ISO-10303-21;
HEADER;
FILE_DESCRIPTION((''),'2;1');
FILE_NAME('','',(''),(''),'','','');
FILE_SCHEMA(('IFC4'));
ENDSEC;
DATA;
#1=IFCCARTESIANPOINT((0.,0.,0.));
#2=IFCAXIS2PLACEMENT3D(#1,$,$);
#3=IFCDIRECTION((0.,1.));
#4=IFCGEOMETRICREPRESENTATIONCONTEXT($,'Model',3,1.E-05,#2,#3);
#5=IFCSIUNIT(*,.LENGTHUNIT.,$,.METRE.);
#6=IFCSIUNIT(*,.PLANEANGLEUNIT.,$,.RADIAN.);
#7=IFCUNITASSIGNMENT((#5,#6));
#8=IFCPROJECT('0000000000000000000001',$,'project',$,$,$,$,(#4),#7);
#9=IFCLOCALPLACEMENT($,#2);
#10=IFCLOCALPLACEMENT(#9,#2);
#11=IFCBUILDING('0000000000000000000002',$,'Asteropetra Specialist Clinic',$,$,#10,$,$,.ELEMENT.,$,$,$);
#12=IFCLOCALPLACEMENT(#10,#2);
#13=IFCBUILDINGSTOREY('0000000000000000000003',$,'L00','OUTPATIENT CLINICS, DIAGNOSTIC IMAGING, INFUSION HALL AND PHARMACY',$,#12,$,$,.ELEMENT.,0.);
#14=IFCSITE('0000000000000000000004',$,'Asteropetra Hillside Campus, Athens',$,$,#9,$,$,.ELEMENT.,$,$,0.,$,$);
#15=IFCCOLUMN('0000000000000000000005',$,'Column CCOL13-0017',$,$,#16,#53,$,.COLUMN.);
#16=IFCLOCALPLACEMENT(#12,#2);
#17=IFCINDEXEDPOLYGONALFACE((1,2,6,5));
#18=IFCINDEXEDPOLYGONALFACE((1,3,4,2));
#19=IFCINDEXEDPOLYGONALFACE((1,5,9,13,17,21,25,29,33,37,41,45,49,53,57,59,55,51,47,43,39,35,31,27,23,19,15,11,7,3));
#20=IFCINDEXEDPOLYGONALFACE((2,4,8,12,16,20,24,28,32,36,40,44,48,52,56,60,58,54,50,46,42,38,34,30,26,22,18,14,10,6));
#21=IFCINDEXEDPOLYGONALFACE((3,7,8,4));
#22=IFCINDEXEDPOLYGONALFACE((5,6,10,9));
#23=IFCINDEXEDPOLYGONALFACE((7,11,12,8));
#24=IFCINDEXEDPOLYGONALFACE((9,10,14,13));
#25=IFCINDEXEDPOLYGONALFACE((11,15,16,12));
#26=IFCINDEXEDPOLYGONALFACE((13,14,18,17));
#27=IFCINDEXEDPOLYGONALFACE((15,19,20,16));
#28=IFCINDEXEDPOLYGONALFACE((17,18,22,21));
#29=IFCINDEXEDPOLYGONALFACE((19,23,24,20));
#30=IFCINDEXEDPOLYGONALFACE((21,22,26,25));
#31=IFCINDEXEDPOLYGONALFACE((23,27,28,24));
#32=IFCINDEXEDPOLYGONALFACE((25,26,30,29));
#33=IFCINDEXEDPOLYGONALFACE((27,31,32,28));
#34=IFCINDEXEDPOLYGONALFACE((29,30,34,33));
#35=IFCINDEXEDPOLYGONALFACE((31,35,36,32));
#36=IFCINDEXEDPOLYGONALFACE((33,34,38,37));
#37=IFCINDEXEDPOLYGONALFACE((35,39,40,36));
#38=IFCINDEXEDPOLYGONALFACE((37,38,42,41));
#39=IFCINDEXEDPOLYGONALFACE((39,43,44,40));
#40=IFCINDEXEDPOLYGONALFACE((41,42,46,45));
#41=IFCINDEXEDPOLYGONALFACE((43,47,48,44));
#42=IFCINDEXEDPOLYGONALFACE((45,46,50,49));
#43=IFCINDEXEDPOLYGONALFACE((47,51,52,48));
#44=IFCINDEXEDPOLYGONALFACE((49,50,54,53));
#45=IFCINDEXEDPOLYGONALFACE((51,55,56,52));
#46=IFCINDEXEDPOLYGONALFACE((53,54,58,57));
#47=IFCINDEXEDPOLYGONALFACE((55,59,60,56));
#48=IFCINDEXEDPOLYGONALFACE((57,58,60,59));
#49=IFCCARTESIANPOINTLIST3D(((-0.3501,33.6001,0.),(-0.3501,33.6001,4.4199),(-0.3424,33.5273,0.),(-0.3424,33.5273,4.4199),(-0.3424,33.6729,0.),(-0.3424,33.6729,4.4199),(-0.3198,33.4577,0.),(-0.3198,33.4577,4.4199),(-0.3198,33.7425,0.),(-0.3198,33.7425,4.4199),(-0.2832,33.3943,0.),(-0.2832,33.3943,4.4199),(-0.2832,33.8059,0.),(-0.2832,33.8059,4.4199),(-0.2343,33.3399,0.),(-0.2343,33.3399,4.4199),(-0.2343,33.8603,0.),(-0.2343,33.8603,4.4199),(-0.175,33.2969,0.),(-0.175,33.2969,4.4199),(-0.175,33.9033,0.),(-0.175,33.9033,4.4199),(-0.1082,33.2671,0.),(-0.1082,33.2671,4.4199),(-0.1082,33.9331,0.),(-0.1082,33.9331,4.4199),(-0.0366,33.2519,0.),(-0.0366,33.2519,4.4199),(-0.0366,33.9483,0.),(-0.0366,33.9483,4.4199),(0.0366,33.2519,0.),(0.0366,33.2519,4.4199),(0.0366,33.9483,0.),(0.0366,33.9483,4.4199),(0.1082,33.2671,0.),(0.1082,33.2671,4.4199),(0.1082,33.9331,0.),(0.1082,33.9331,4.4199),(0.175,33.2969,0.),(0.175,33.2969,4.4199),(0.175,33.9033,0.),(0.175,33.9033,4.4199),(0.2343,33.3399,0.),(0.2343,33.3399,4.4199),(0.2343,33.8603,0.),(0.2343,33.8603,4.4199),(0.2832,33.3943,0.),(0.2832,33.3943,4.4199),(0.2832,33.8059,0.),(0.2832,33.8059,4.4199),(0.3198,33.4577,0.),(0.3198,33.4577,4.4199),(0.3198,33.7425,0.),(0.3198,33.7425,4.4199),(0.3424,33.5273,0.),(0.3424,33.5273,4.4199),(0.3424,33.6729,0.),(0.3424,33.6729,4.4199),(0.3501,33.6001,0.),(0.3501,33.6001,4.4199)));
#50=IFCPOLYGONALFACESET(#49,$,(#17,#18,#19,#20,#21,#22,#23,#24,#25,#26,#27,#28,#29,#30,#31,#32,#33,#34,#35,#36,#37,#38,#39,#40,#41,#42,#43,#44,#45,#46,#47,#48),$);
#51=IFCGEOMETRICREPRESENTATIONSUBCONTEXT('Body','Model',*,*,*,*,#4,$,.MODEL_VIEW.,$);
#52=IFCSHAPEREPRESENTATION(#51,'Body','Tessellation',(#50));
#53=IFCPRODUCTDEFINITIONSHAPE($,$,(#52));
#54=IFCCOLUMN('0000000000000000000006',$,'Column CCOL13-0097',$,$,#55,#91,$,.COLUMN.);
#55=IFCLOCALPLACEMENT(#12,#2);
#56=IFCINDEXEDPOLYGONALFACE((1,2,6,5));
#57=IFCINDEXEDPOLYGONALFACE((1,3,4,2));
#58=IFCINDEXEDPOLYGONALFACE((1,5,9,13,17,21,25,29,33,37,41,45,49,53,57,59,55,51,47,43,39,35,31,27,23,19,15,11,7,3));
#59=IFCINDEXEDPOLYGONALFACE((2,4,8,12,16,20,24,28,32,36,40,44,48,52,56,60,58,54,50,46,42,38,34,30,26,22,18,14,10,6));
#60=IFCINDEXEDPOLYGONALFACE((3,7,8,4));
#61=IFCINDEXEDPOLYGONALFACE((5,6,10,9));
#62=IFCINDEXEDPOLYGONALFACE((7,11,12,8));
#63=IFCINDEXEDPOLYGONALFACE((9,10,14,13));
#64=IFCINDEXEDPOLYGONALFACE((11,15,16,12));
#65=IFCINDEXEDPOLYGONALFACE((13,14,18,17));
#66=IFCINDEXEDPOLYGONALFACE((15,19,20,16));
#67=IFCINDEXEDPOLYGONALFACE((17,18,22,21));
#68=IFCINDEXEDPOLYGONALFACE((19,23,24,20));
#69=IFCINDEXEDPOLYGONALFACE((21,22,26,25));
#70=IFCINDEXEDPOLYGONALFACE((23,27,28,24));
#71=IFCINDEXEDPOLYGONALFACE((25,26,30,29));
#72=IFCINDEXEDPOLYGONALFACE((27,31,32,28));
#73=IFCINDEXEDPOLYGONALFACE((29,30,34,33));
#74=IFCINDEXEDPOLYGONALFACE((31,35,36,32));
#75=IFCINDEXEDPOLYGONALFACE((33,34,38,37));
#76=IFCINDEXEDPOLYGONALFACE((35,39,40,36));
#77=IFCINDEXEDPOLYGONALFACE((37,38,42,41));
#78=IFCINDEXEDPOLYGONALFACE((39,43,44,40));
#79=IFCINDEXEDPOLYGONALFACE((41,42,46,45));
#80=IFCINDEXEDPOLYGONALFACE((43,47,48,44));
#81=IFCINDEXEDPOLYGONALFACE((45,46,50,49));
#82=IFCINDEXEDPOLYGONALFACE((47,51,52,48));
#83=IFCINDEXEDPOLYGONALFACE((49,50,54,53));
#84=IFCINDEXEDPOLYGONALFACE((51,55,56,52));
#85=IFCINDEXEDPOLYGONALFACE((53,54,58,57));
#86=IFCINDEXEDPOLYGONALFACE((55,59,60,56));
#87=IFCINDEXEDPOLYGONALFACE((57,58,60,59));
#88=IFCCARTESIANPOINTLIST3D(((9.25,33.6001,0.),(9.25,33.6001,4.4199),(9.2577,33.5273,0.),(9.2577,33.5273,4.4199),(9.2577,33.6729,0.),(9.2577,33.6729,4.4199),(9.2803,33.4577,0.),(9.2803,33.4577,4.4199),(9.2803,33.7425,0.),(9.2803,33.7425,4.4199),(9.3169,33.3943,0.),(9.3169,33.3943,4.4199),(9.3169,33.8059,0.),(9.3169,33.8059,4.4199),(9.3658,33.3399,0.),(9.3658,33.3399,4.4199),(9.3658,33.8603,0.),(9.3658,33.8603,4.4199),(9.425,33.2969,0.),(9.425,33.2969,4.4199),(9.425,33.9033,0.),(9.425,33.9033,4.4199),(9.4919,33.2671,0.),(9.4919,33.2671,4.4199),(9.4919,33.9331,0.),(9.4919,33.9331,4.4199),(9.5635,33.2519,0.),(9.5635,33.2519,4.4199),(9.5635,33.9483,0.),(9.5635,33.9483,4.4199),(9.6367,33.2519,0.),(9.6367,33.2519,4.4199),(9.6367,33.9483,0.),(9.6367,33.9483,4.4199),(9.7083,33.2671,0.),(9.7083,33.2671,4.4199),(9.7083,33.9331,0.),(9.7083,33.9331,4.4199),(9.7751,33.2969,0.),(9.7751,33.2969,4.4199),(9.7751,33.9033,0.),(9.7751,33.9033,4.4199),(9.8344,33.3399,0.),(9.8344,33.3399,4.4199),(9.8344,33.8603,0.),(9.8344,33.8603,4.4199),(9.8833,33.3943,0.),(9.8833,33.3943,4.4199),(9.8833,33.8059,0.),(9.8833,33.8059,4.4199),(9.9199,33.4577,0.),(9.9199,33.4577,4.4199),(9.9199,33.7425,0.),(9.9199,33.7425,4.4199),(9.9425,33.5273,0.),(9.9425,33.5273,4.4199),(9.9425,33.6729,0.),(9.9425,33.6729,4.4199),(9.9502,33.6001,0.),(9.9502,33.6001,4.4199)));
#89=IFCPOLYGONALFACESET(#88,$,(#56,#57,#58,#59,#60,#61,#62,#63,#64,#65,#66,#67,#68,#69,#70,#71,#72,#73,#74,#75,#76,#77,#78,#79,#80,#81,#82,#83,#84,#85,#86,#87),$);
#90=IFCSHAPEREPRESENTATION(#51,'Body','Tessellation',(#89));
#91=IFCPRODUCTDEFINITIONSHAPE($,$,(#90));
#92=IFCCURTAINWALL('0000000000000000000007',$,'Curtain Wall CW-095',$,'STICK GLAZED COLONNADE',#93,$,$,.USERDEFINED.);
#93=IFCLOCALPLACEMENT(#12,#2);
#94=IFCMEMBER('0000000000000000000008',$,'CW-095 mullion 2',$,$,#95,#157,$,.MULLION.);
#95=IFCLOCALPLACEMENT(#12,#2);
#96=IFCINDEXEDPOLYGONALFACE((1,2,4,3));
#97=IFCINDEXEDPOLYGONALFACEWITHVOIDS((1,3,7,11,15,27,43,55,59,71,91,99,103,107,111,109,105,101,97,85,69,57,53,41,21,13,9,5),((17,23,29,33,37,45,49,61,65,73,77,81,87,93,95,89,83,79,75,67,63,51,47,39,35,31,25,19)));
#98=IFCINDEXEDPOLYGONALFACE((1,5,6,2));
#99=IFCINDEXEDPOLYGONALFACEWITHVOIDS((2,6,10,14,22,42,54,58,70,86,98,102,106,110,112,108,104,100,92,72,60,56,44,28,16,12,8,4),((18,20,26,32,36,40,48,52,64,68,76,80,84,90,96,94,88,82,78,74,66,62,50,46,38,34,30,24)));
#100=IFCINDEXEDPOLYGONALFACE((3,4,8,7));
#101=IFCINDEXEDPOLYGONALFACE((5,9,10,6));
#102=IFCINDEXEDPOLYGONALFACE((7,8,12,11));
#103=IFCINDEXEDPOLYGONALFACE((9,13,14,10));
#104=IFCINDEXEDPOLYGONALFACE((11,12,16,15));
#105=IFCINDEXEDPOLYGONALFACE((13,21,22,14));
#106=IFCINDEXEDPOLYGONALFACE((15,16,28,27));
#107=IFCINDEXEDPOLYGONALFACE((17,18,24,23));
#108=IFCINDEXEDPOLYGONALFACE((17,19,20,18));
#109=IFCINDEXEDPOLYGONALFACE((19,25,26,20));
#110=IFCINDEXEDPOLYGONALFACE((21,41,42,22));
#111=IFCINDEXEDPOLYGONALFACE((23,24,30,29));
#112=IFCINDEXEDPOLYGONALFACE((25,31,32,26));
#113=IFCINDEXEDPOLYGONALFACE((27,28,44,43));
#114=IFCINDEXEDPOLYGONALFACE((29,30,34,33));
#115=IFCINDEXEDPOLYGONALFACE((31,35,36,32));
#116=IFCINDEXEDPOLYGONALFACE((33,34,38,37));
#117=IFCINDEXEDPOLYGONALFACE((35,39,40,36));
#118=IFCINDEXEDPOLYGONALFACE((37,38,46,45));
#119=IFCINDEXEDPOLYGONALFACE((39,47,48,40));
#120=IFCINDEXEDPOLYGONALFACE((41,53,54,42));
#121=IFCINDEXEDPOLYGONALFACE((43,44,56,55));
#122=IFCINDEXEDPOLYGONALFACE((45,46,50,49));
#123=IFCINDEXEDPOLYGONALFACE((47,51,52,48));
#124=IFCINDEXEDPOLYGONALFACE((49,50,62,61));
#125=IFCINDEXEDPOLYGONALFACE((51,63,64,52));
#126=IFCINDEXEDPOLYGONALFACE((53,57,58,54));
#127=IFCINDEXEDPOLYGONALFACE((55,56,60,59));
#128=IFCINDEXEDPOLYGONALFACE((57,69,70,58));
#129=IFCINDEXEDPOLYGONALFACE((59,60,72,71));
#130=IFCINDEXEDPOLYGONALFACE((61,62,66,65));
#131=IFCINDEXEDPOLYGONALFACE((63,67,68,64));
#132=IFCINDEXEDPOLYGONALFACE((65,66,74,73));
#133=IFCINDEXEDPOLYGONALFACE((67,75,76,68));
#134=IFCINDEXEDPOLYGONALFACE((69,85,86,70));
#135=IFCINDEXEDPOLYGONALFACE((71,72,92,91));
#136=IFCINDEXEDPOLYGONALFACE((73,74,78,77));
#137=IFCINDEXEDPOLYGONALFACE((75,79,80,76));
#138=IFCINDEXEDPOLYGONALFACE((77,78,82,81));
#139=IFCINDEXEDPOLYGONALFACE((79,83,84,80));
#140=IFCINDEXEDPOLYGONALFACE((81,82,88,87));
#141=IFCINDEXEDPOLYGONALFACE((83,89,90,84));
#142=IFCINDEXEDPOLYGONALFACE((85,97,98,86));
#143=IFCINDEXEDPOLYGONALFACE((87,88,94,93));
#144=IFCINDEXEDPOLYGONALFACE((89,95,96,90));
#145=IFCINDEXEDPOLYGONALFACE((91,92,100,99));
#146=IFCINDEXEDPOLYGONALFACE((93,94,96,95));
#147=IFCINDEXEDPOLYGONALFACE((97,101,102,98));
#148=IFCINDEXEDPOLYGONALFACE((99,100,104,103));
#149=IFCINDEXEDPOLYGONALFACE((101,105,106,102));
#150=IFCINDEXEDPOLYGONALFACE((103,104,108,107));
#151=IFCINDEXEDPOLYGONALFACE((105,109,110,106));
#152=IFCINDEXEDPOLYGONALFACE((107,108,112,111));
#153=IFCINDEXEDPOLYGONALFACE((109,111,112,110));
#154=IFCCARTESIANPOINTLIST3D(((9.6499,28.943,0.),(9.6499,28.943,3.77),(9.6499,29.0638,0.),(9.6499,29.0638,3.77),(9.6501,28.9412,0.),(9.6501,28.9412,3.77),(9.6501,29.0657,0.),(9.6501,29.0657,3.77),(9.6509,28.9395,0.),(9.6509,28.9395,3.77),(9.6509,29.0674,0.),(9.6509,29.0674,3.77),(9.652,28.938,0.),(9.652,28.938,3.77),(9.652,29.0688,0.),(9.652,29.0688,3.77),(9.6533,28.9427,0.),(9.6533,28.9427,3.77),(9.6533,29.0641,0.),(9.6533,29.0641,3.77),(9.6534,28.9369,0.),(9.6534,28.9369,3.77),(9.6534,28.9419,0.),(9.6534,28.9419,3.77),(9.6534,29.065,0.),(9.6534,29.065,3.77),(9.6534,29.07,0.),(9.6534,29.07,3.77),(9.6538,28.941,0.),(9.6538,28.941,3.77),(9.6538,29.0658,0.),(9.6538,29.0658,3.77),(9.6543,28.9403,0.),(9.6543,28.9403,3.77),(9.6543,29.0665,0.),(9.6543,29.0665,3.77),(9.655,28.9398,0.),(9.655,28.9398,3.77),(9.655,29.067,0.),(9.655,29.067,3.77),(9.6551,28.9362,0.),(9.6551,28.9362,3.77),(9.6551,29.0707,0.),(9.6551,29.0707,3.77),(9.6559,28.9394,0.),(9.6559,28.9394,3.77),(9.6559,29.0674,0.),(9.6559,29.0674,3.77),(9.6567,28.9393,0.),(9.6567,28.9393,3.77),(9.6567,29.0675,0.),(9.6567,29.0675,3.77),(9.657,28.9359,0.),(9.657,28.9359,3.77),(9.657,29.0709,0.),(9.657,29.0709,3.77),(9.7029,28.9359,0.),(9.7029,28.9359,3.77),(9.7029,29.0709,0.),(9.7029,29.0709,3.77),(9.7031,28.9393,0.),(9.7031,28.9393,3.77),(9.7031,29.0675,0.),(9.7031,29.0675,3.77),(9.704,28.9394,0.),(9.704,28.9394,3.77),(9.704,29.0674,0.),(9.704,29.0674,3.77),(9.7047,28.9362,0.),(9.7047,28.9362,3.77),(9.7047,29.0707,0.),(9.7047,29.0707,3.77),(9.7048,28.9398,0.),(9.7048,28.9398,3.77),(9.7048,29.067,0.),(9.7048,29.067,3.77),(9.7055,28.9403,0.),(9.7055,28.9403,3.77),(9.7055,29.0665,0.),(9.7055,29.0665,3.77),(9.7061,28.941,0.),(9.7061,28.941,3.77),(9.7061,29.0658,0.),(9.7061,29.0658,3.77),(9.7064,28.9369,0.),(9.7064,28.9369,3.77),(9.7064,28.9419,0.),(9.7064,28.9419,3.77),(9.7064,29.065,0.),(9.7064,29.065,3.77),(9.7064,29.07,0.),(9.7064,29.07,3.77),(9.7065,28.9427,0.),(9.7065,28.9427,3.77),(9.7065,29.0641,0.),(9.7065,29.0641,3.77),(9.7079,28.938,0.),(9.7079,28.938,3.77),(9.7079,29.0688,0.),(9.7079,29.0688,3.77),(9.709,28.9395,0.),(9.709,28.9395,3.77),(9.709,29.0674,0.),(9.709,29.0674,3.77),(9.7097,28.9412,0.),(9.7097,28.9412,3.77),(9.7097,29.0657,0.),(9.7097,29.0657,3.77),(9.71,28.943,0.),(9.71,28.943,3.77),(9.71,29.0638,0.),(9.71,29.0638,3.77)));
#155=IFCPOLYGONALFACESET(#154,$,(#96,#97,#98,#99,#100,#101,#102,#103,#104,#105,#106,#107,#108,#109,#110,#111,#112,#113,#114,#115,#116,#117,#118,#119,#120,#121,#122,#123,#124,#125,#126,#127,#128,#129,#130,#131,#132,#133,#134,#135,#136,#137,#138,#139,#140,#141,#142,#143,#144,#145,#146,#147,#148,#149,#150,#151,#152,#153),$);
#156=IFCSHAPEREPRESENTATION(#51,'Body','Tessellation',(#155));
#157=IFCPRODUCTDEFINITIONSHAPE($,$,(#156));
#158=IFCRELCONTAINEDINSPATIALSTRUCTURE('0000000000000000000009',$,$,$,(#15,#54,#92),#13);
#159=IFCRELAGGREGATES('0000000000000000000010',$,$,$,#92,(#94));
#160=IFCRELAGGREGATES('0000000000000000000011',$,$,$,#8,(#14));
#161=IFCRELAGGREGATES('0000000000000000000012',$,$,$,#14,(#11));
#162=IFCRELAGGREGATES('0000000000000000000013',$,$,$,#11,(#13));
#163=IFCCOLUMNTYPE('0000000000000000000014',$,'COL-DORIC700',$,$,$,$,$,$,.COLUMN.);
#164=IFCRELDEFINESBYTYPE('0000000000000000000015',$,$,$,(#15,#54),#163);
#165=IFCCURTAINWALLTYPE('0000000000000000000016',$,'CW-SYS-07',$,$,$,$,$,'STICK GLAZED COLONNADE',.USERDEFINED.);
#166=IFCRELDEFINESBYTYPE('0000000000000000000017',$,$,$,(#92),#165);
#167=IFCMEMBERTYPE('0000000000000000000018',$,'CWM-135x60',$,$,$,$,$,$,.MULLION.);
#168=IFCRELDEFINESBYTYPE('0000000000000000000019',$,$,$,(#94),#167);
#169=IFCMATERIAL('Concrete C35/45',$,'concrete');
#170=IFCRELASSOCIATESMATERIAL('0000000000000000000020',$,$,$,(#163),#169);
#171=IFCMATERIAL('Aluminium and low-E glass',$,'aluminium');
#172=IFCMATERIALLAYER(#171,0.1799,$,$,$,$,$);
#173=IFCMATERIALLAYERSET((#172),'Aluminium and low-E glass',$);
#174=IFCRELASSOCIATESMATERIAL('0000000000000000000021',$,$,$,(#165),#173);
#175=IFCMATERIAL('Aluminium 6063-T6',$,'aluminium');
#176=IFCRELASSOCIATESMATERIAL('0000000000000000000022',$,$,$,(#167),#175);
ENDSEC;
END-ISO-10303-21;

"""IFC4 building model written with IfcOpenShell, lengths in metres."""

from ifc_helpers import new_model, si_unit, direction, frame, origin, origin_2d, place, context, subcontext, project, spatial, hollow_rectangle, circle, extrude, material, layer, layer_set, material_profile, profile_set, type_object, element, aggregate, save


model = new_model("IFC4")

# Units and contexts
model_context = context("Model", 3, precision=1e-05, world=origin(), true_north=direction((0.0, 1.0)))
body_context = subcontext(model_context, "Body", "Model", "MODEL_VIEW")
ifc_project = project(units=[si_unit("LENGTHUNIT", "METRE"), si_unit("PLANEANGLEUNIT", "RADIAN")], contexts=[model_context])

# Site, building, storey
site_placement = place(None, origin())
site = spatial("IfcSite", under=ifc_project, at=site_placement, Name="Asteropetra Hillside Campus, Athens", CompositionType="ELEMENT", RefElevation=0.0)
building_placement = place(site_placement, origin())
building = spatial("IfcBuilding", under=site, at=building_placement, Name="Asteropetra Specialist Clinic", CompositionType="ELEMENT")
storey_placement = place(building_placement, origin())
storey = spatial("IfcBuildingStorey", under=building, at=storey_placement, Name="L00", Description="OUTPATIENT CLINICS, DIAGNOSTIC IMAGING, INFUSION HALL AND PHARMACY", CompositionType="ELEMENT", Elevation=0.0)

# Columns
ifc_material_1 = material(Name="Concrete C35/45", Category="concrete")
ifc_material_profile_1 = material_profile(ifc_material_1, circle(Radius=0.3501, at=origin_2d()), Name="RCC D700")
ifc_profile_set_1 = profile_set([ifc_material_profile_1], Name="Concrete C35/45")
column_type = type_object("IfcColumnType", Name="COL-DORIC700", PredefinedType="COLUMN", material=ifc_profile_set_1)
for number, where, z_axis, x_axis, name in (
    (1, (0.0, 33.6001, 0.0), (0.0, 0.0, 1.0), (1.0, 0.0, 0.0), "Column CCOL13-0017"),
    (2, (9.6001, 33.6001, 0.0), (0.0, 0.0, 1.0), (1.0, 0.0, 0.0), "Column CCOL13-0097"),
):
    element("IfcColumn", number, at=place(storey_placement, frame(where, z_axis=z_axis, x_axis=x_axis)), inside=storey, type_object=column_type, Name=name, PredefinedType="COLUMN", context=body_context, shape_type="SweptSolid", body=[
        extrude(circle(Radius=0.3501, at=origin_2d()), origin(), (0.0, 0.0, 1.0), 4.4199),
    ])

# Curtain wall, member
ifc_material_2 = material(Name="Aluminium and low-E glass", Category="aluminium")
ifc_layer_1 = layer(ifc_material_2, 0.1799)
ifc_layer_set_1 = layer_set([ifc_layer_1], Name="Aluminium and low-E glass")
curtain_wall_type = type_object("IfcCurtainWallType", Name="CW-SYS-07", ElementType="STICK GLAZED COLONNADE", PredefinedType="USERDEFINED", material=ifc_layer_set_1)
curtain_wall_placement = place(storey_placement, origin())
curtain_wall = element("IfcCurtainWall", 3, at=curtain_wall_placement, inside=storey, type_object=curtain_wall_type, Name="Curtain Wall CW-095", ObjectType="STICK GLAZED COLONNADE", PredefinedType="USERDEFINED")
ifc_material_3 = material(Name="Aluminium 6063-T6", Category="aluminium")
ifc_material_profile_2 = material_profile(ifc_material_3, hollow_rectangle(XDim=0.0601, YDim=0.135, WallThickness=0.0034, InnerFilletRadius=0.0034, OuterFilletRadius=0.0071, at=origin_2d()), Name="MUL 135x60x3.5")
ifc_profile_set_2 = profile_set([ifc_material_profile_2], Name="Aluminium 6063-T6")
member_type_1 = type_object("IfcMemberType", Name="CWM-135x60", PredefinedType="MULLION", material=ifc_profile_set_2)
member_1_placement = place(storey_placement, frame((9.6799, 29.0034, 0.0), z_axis=(0.0, 0.0, 1.0), x_axis=(-1.0, 0.0, 0.0)))
member_1 = element("IfcMember", 4, at=member_1_placement, type_object=member_type_1, Name="CW-095 mullion 2", PredefinedType="MULLION", context=body_context, shape_type="SweptSolid", body=[
    extrude(hollow_rectangle(XDim=0.0601, YDim=0.135, WallThickness=0.0034, InnerFilletRadius=0.0034, OuterFilletRadius=0.0071, at=origin_2d()), origin(), (0.0, 0.0, 1.0), 3.77),
])

aggregate(curtain_wall, [member_1])

save(model, "model.ifc")
